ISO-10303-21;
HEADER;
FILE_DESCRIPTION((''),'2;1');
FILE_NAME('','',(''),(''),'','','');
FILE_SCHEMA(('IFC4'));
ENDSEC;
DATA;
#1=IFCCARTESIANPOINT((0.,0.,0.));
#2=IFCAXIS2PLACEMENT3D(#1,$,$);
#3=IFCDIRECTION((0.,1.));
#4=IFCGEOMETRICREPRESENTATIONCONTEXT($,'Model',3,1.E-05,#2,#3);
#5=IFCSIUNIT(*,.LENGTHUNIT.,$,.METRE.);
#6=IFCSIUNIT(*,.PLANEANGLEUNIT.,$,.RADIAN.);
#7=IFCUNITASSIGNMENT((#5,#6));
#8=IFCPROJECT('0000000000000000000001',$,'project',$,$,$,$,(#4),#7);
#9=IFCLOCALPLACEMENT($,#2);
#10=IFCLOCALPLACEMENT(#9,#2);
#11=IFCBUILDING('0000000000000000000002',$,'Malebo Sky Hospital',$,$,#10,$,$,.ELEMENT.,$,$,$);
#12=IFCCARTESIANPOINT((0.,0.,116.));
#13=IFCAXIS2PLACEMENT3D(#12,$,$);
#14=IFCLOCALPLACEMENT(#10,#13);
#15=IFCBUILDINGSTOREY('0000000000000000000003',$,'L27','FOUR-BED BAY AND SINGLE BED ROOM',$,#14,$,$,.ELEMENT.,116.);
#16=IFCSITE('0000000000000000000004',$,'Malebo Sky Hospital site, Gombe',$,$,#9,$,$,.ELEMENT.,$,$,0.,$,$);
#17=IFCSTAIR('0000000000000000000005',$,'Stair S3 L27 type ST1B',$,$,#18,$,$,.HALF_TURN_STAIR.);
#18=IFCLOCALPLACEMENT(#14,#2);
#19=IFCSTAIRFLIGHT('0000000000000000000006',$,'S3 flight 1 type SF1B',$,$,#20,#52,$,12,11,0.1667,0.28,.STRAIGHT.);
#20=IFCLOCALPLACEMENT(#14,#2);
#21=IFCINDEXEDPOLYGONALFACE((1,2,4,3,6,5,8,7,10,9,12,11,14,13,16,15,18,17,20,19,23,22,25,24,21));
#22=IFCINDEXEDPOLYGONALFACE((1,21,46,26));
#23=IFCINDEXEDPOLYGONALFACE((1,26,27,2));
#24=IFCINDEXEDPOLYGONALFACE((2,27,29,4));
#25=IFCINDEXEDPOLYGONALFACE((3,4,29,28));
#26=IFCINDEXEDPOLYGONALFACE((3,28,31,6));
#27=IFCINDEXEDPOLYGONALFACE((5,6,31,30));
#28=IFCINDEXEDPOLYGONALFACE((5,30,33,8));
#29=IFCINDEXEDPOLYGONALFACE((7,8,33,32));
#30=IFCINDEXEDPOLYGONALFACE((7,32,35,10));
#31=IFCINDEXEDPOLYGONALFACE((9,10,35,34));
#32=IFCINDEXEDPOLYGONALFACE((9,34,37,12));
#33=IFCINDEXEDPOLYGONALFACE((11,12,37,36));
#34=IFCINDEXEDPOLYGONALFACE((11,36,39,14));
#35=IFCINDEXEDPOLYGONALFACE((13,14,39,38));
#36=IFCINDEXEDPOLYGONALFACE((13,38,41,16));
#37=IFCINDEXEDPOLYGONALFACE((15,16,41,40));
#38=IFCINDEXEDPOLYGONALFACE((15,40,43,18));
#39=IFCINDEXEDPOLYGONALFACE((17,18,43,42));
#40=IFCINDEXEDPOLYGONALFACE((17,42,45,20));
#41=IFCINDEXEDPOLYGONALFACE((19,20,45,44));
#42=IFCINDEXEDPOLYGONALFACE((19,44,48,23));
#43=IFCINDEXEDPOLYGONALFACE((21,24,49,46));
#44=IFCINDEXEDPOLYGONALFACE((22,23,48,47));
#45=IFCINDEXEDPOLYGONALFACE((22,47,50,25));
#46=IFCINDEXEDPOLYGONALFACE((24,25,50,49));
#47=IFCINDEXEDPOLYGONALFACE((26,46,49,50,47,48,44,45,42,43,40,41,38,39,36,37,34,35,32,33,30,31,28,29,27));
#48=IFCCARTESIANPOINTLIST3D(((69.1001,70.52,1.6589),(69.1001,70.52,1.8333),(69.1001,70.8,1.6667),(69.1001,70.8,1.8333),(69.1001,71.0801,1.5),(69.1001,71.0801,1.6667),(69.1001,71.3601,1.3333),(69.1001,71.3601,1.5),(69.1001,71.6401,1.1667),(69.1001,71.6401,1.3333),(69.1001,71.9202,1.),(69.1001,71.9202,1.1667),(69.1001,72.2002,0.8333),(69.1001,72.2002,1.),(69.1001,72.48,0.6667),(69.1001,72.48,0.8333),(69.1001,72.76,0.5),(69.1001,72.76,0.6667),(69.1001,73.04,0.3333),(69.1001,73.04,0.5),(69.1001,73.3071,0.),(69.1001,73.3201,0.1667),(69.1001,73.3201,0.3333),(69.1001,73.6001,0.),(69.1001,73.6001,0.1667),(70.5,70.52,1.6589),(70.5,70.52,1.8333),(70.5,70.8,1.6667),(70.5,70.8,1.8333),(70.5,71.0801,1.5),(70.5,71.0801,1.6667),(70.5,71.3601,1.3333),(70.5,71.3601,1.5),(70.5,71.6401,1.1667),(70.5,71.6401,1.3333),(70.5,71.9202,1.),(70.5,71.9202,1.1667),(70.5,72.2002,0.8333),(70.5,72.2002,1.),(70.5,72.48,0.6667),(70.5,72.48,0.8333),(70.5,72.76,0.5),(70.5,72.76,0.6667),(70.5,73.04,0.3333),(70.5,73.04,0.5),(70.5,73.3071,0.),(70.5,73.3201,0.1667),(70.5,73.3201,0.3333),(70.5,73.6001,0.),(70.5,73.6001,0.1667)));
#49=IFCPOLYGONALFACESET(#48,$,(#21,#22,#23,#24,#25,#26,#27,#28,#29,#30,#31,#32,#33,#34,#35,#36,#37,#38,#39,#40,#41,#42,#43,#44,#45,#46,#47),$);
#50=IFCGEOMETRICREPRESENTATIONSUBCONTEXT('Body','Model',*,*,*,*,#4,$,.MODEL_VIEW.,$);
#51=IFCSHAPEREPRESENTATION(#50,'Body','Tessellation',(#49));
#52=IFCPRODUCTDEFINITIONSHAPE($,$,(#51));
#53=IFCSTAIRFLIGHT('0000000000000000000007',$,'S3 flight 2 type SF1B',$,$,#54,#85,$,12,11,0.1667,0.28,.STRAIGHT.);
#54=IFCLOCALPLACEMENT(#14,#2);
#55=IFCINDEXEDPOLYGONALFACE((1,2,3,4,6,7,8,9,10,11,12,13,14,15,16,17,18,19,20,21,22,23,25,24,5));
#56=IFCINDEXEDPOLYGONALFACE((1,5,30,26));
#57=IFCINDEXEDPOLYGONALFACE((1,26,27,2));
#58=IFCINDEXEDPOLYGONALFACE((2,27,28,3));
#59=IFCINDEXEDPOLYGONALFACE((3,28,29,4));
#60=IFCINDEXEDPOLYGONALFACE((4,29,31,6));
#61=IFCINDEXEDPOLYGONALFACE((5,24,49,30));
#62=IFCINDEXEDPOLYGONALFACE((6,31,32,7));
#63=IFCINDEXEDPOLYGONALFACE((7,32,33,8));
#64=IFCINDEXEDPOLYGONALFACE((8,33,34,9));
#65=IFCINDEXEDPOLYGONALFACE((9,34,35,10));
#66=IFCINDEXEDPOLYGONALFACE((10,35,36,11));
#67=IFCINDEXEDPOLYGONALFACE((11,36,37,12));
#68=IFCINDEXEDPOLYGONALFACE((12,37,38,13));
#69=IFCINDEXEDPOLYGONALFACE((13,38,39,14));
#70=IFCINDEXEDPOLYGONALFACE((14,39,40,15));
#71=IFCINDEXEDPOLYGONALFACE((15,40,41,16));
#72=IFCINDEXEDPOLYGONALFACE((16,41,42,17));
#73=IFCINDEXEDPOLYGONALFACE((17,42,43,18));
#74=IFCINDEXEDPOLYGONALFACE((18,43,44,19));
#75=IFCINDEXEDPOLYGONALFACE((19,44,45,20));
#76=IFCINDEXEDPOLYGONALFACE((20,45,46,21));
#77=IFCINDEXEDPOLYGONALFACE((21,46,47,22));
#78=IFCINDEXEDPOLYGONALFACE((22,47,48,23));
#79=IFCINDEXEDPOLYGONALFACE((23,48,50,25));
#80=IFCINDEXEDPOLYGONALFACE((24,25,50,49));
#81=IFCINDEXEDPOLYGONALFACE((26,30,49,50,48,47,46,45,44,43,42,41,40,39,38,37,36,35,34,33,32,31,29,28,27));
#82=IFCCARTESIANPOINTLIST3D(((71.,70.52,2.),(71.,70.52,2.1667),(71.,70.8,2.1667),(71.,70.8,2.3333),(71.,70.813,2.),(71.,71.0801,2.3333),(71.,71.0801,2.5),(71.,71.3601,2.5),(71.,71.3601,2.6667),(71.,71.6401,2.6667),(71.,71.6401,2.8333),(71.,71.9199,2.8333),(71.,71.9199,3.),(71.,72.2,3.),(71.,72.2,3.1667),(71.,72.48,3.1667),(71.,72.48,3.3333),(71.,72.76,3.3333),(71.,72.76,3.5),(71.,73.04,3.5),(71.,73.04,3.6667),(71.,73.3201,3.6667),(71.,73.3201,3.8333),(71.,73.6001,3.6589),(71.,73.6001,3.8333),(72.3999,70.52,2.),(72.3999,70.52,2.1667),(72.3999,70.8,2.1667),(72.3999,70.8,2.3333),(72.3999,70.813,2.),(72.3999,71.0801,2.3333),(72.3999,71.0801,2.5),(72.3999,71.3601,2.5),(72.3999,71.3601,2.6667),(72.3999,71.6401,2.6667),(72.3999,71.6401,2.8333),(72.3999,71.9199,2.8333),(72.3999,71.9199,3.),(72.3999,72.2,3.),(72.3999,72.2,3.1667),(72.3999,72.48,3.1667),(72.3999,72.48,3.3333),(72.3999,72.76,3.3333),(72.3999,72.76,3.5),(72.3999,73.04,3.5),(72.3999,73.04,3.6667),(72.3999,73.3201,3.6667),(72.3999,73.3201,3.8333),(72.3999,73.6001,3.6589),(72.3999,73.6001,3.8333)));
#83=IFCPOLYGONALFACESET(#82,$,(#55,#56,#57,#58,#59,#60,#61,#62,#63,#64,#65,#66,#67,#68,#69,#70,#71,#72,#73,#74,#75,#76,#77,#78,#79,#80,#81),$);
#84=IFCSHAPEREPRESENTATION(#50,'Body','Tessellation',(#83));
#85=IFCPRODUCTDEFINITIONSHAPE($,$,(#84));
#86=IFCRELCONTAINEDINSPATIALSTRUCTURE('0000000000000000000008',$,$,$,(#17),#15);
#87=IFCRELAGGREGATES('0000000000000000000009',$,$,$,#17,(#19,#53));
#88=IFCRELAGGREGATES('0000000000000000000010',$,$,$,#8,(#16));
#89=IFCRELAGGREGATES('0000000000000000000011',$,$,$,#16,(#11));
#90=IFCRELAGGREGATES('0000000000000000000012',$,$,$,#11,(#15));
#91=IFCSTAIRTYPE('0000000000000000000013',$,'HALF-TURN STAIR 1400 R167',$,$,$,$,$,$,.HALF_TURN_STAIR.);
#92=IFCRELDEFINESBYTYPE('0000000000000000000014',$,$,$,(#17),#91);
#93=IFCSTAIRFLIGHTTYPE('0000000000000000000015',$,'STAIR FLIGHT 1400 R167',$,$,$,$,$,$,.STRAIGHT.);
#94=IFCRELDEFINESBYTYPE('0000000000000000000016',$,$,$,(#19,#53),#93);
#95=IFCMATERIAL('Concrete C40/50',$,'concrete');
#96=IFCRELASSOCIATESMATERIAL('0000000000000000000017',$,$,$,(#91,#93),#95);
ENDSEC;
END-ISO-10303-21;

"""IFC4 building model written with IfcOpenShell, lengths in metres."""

from ifc_helpers import new_model, si_unit, direction, frame, origin, place, context, subcontext, project, spatial, polyline, outline, extrude, material, type_object, element, aggregate, save


model = new_model("IFC4")

# Units and contexts
model_context = context("Model", 3, precision=1e-05, world=origin(), true_north=direction((0.0, 1.0)))
body_context = subcontext(model_context, "Body", "Model", "MODEL_VIEW")
ifc_project = project(units=[si_unit("LENGTHUNIT", "METRE"), si_unit("PLANEANGLEUNIT", "RADIAN")], contexts=[model_context])

# Site, building, storey
site_placement = place(None, origin())
site = spatial("IfcSite", under=ifc_project, at=site_placement, Name="Malebo Sky Hospital site, Gombe", CompositionType="ELEMENT", RefElevation=0.0)
building_placement = place(site_placement, origin())
building = spatial("IfcBuilding", under=site, at=building_placement, Name="Malebo Sky Hospital", CompositionType="ELEMENT")
storey_placement = place(building_placement, frame((0.0, 0.0, 116.0)))
storey = spatial("IfcBuildingStorey", under=building, at=storey_placement, Name="L27", Description="FOUR-BED BAY AND SINGLE BED ROOM", CompositionType="ELEMENT", Elevation=116.0)

# Shared definitions
ifc_material_1 = material(Name="Concrete C40/50", Category="concrete")

# Stair, stair flights
stair_type = type_object("IfcStairType", Name="HALF-TURN STAIR 1400 R167", PredefinedType="HALF_TURN_STAIR", material=ifc_material_1)
stair_placement = place(storey_placement, origin())
stair = element("IfcStair", 1, at=stair_placement, inside=storey, type_object=stair_type, Name="Stair S3 L27 type ST1B", PredefinedType="HALF_TURN_STAIR")
stair_flight_type = type_object("IfcStairFlightType", Name="STAIR FLIGHT 1400 R167", PredefinedType="STRAIGHT", material=ifc_material_1)
stair_flight_1_placement = place(storey_placement, frame((69.8, 73.6001, 0.0), z_axis=(0.0, 0.0, 1.0), x_axis=(0.0, -1.0, 0.0)))
stair_flight_1 = element("IfcStairFlight", 2, at=stair_flight_1_placement, type_object=stair_flight_type, Name="S3 flight 1 type SF1B", NumberOfRisers=12, NumberOfTreads=11, PredefinedType="STRAIGHT", RiserHeight=0.1667, TreadLength=0.28, context=body_context, shape_type="SweptSolid", body=[
    extrude(outline(polyline([(0.0, 0.0), (0.0, 0.1667), (0.28, 0.1667), (0.28, 0.3333), (0.5601, 0.3333), (0.5601, 0.5), (0.8401, 0.5), (0.8401, 0.6667), (1.1201, 0.6667), (1.1201, 0.8333), (1.3999, 0.8333), (1.3999, 1.0), (1.6799, 1.0), (1.6799, 1.1667), (1.96, 1.1667), (1.96, 1.3333), (2.24, 1.3333), (2.24, 1.5), (2.52, 1.5), (2.52, 1.6667), (2.8, 1.6667), (2.8, 1.8333), (3.0801, 1.8333), (3.0801, 2.0), (3.0801, 1.6589), (0.293, 0.0), (0.0, 0.0)])), frame((0.0, 0.7, 0.0), z_axis=(0.0, -1.0, 0.0), x_axis=(1.0, 0.0, 0.0)), (0.0, 0.0, 1.0), 1.3999),
])
stair_flight_2_placement = place(storey_placement, frame((71.7, 70.52, 2.0), z_axis=(0.0, 0.0, 1.0), x_axis=(0.0, 1.0, 0.0)))
stair_flight_2 = element("IfcStairFlight", 3, at=stair_flight_2_placement, type_object=stair_flight_type, Name="S3 flight 2 type SF1B", NumberOfRisers=12, NumberOfTreads=11, PredefinedType="STRAIGHT", RiserHeight=0.1667, TreadLength=0.28, context=body_context, shape_type="SweptSolid", body=[
    extrude(outline(polyline([(0.0, 0.0), (0.0, 0.1667), (0.28, 0.1667), (0.28, 0.3333), (0.5601, 0.3333), (0.5601, 0.5), (0.8401, 0.5), (0.8401, 0.6667), (1.1201, 0.6667), (1.1201, 0.8333), (1.3999, 0.8333), (1.3999, 1.0), (1.6799, 1.0), (1.6799, 1.1667), (1.96, 1.1667), (1.96, 1.3333), (2.24, 1.3333), (2.24, 1.5), (2.52, 1.5), (2.52, 1.6667), (2.8, 1.6667), (2.8, 1.8333), (3.0801, 1.8333), (3.0801, 2.0), (3.0801, 1.6589), (0.293, 0.0), (0.0, 0.0)])), frame((0.0, 0.7, 0.0), z_axis=(0.0, -1.0, 0.0), x_axis=(1.0, 0.0, 0.0)), (0.0, 0.0, 1.0), 1.3999),
])
aggregate(stair, [stair_flight_1, stair_flight_2])

save(model, "model.ifc")
